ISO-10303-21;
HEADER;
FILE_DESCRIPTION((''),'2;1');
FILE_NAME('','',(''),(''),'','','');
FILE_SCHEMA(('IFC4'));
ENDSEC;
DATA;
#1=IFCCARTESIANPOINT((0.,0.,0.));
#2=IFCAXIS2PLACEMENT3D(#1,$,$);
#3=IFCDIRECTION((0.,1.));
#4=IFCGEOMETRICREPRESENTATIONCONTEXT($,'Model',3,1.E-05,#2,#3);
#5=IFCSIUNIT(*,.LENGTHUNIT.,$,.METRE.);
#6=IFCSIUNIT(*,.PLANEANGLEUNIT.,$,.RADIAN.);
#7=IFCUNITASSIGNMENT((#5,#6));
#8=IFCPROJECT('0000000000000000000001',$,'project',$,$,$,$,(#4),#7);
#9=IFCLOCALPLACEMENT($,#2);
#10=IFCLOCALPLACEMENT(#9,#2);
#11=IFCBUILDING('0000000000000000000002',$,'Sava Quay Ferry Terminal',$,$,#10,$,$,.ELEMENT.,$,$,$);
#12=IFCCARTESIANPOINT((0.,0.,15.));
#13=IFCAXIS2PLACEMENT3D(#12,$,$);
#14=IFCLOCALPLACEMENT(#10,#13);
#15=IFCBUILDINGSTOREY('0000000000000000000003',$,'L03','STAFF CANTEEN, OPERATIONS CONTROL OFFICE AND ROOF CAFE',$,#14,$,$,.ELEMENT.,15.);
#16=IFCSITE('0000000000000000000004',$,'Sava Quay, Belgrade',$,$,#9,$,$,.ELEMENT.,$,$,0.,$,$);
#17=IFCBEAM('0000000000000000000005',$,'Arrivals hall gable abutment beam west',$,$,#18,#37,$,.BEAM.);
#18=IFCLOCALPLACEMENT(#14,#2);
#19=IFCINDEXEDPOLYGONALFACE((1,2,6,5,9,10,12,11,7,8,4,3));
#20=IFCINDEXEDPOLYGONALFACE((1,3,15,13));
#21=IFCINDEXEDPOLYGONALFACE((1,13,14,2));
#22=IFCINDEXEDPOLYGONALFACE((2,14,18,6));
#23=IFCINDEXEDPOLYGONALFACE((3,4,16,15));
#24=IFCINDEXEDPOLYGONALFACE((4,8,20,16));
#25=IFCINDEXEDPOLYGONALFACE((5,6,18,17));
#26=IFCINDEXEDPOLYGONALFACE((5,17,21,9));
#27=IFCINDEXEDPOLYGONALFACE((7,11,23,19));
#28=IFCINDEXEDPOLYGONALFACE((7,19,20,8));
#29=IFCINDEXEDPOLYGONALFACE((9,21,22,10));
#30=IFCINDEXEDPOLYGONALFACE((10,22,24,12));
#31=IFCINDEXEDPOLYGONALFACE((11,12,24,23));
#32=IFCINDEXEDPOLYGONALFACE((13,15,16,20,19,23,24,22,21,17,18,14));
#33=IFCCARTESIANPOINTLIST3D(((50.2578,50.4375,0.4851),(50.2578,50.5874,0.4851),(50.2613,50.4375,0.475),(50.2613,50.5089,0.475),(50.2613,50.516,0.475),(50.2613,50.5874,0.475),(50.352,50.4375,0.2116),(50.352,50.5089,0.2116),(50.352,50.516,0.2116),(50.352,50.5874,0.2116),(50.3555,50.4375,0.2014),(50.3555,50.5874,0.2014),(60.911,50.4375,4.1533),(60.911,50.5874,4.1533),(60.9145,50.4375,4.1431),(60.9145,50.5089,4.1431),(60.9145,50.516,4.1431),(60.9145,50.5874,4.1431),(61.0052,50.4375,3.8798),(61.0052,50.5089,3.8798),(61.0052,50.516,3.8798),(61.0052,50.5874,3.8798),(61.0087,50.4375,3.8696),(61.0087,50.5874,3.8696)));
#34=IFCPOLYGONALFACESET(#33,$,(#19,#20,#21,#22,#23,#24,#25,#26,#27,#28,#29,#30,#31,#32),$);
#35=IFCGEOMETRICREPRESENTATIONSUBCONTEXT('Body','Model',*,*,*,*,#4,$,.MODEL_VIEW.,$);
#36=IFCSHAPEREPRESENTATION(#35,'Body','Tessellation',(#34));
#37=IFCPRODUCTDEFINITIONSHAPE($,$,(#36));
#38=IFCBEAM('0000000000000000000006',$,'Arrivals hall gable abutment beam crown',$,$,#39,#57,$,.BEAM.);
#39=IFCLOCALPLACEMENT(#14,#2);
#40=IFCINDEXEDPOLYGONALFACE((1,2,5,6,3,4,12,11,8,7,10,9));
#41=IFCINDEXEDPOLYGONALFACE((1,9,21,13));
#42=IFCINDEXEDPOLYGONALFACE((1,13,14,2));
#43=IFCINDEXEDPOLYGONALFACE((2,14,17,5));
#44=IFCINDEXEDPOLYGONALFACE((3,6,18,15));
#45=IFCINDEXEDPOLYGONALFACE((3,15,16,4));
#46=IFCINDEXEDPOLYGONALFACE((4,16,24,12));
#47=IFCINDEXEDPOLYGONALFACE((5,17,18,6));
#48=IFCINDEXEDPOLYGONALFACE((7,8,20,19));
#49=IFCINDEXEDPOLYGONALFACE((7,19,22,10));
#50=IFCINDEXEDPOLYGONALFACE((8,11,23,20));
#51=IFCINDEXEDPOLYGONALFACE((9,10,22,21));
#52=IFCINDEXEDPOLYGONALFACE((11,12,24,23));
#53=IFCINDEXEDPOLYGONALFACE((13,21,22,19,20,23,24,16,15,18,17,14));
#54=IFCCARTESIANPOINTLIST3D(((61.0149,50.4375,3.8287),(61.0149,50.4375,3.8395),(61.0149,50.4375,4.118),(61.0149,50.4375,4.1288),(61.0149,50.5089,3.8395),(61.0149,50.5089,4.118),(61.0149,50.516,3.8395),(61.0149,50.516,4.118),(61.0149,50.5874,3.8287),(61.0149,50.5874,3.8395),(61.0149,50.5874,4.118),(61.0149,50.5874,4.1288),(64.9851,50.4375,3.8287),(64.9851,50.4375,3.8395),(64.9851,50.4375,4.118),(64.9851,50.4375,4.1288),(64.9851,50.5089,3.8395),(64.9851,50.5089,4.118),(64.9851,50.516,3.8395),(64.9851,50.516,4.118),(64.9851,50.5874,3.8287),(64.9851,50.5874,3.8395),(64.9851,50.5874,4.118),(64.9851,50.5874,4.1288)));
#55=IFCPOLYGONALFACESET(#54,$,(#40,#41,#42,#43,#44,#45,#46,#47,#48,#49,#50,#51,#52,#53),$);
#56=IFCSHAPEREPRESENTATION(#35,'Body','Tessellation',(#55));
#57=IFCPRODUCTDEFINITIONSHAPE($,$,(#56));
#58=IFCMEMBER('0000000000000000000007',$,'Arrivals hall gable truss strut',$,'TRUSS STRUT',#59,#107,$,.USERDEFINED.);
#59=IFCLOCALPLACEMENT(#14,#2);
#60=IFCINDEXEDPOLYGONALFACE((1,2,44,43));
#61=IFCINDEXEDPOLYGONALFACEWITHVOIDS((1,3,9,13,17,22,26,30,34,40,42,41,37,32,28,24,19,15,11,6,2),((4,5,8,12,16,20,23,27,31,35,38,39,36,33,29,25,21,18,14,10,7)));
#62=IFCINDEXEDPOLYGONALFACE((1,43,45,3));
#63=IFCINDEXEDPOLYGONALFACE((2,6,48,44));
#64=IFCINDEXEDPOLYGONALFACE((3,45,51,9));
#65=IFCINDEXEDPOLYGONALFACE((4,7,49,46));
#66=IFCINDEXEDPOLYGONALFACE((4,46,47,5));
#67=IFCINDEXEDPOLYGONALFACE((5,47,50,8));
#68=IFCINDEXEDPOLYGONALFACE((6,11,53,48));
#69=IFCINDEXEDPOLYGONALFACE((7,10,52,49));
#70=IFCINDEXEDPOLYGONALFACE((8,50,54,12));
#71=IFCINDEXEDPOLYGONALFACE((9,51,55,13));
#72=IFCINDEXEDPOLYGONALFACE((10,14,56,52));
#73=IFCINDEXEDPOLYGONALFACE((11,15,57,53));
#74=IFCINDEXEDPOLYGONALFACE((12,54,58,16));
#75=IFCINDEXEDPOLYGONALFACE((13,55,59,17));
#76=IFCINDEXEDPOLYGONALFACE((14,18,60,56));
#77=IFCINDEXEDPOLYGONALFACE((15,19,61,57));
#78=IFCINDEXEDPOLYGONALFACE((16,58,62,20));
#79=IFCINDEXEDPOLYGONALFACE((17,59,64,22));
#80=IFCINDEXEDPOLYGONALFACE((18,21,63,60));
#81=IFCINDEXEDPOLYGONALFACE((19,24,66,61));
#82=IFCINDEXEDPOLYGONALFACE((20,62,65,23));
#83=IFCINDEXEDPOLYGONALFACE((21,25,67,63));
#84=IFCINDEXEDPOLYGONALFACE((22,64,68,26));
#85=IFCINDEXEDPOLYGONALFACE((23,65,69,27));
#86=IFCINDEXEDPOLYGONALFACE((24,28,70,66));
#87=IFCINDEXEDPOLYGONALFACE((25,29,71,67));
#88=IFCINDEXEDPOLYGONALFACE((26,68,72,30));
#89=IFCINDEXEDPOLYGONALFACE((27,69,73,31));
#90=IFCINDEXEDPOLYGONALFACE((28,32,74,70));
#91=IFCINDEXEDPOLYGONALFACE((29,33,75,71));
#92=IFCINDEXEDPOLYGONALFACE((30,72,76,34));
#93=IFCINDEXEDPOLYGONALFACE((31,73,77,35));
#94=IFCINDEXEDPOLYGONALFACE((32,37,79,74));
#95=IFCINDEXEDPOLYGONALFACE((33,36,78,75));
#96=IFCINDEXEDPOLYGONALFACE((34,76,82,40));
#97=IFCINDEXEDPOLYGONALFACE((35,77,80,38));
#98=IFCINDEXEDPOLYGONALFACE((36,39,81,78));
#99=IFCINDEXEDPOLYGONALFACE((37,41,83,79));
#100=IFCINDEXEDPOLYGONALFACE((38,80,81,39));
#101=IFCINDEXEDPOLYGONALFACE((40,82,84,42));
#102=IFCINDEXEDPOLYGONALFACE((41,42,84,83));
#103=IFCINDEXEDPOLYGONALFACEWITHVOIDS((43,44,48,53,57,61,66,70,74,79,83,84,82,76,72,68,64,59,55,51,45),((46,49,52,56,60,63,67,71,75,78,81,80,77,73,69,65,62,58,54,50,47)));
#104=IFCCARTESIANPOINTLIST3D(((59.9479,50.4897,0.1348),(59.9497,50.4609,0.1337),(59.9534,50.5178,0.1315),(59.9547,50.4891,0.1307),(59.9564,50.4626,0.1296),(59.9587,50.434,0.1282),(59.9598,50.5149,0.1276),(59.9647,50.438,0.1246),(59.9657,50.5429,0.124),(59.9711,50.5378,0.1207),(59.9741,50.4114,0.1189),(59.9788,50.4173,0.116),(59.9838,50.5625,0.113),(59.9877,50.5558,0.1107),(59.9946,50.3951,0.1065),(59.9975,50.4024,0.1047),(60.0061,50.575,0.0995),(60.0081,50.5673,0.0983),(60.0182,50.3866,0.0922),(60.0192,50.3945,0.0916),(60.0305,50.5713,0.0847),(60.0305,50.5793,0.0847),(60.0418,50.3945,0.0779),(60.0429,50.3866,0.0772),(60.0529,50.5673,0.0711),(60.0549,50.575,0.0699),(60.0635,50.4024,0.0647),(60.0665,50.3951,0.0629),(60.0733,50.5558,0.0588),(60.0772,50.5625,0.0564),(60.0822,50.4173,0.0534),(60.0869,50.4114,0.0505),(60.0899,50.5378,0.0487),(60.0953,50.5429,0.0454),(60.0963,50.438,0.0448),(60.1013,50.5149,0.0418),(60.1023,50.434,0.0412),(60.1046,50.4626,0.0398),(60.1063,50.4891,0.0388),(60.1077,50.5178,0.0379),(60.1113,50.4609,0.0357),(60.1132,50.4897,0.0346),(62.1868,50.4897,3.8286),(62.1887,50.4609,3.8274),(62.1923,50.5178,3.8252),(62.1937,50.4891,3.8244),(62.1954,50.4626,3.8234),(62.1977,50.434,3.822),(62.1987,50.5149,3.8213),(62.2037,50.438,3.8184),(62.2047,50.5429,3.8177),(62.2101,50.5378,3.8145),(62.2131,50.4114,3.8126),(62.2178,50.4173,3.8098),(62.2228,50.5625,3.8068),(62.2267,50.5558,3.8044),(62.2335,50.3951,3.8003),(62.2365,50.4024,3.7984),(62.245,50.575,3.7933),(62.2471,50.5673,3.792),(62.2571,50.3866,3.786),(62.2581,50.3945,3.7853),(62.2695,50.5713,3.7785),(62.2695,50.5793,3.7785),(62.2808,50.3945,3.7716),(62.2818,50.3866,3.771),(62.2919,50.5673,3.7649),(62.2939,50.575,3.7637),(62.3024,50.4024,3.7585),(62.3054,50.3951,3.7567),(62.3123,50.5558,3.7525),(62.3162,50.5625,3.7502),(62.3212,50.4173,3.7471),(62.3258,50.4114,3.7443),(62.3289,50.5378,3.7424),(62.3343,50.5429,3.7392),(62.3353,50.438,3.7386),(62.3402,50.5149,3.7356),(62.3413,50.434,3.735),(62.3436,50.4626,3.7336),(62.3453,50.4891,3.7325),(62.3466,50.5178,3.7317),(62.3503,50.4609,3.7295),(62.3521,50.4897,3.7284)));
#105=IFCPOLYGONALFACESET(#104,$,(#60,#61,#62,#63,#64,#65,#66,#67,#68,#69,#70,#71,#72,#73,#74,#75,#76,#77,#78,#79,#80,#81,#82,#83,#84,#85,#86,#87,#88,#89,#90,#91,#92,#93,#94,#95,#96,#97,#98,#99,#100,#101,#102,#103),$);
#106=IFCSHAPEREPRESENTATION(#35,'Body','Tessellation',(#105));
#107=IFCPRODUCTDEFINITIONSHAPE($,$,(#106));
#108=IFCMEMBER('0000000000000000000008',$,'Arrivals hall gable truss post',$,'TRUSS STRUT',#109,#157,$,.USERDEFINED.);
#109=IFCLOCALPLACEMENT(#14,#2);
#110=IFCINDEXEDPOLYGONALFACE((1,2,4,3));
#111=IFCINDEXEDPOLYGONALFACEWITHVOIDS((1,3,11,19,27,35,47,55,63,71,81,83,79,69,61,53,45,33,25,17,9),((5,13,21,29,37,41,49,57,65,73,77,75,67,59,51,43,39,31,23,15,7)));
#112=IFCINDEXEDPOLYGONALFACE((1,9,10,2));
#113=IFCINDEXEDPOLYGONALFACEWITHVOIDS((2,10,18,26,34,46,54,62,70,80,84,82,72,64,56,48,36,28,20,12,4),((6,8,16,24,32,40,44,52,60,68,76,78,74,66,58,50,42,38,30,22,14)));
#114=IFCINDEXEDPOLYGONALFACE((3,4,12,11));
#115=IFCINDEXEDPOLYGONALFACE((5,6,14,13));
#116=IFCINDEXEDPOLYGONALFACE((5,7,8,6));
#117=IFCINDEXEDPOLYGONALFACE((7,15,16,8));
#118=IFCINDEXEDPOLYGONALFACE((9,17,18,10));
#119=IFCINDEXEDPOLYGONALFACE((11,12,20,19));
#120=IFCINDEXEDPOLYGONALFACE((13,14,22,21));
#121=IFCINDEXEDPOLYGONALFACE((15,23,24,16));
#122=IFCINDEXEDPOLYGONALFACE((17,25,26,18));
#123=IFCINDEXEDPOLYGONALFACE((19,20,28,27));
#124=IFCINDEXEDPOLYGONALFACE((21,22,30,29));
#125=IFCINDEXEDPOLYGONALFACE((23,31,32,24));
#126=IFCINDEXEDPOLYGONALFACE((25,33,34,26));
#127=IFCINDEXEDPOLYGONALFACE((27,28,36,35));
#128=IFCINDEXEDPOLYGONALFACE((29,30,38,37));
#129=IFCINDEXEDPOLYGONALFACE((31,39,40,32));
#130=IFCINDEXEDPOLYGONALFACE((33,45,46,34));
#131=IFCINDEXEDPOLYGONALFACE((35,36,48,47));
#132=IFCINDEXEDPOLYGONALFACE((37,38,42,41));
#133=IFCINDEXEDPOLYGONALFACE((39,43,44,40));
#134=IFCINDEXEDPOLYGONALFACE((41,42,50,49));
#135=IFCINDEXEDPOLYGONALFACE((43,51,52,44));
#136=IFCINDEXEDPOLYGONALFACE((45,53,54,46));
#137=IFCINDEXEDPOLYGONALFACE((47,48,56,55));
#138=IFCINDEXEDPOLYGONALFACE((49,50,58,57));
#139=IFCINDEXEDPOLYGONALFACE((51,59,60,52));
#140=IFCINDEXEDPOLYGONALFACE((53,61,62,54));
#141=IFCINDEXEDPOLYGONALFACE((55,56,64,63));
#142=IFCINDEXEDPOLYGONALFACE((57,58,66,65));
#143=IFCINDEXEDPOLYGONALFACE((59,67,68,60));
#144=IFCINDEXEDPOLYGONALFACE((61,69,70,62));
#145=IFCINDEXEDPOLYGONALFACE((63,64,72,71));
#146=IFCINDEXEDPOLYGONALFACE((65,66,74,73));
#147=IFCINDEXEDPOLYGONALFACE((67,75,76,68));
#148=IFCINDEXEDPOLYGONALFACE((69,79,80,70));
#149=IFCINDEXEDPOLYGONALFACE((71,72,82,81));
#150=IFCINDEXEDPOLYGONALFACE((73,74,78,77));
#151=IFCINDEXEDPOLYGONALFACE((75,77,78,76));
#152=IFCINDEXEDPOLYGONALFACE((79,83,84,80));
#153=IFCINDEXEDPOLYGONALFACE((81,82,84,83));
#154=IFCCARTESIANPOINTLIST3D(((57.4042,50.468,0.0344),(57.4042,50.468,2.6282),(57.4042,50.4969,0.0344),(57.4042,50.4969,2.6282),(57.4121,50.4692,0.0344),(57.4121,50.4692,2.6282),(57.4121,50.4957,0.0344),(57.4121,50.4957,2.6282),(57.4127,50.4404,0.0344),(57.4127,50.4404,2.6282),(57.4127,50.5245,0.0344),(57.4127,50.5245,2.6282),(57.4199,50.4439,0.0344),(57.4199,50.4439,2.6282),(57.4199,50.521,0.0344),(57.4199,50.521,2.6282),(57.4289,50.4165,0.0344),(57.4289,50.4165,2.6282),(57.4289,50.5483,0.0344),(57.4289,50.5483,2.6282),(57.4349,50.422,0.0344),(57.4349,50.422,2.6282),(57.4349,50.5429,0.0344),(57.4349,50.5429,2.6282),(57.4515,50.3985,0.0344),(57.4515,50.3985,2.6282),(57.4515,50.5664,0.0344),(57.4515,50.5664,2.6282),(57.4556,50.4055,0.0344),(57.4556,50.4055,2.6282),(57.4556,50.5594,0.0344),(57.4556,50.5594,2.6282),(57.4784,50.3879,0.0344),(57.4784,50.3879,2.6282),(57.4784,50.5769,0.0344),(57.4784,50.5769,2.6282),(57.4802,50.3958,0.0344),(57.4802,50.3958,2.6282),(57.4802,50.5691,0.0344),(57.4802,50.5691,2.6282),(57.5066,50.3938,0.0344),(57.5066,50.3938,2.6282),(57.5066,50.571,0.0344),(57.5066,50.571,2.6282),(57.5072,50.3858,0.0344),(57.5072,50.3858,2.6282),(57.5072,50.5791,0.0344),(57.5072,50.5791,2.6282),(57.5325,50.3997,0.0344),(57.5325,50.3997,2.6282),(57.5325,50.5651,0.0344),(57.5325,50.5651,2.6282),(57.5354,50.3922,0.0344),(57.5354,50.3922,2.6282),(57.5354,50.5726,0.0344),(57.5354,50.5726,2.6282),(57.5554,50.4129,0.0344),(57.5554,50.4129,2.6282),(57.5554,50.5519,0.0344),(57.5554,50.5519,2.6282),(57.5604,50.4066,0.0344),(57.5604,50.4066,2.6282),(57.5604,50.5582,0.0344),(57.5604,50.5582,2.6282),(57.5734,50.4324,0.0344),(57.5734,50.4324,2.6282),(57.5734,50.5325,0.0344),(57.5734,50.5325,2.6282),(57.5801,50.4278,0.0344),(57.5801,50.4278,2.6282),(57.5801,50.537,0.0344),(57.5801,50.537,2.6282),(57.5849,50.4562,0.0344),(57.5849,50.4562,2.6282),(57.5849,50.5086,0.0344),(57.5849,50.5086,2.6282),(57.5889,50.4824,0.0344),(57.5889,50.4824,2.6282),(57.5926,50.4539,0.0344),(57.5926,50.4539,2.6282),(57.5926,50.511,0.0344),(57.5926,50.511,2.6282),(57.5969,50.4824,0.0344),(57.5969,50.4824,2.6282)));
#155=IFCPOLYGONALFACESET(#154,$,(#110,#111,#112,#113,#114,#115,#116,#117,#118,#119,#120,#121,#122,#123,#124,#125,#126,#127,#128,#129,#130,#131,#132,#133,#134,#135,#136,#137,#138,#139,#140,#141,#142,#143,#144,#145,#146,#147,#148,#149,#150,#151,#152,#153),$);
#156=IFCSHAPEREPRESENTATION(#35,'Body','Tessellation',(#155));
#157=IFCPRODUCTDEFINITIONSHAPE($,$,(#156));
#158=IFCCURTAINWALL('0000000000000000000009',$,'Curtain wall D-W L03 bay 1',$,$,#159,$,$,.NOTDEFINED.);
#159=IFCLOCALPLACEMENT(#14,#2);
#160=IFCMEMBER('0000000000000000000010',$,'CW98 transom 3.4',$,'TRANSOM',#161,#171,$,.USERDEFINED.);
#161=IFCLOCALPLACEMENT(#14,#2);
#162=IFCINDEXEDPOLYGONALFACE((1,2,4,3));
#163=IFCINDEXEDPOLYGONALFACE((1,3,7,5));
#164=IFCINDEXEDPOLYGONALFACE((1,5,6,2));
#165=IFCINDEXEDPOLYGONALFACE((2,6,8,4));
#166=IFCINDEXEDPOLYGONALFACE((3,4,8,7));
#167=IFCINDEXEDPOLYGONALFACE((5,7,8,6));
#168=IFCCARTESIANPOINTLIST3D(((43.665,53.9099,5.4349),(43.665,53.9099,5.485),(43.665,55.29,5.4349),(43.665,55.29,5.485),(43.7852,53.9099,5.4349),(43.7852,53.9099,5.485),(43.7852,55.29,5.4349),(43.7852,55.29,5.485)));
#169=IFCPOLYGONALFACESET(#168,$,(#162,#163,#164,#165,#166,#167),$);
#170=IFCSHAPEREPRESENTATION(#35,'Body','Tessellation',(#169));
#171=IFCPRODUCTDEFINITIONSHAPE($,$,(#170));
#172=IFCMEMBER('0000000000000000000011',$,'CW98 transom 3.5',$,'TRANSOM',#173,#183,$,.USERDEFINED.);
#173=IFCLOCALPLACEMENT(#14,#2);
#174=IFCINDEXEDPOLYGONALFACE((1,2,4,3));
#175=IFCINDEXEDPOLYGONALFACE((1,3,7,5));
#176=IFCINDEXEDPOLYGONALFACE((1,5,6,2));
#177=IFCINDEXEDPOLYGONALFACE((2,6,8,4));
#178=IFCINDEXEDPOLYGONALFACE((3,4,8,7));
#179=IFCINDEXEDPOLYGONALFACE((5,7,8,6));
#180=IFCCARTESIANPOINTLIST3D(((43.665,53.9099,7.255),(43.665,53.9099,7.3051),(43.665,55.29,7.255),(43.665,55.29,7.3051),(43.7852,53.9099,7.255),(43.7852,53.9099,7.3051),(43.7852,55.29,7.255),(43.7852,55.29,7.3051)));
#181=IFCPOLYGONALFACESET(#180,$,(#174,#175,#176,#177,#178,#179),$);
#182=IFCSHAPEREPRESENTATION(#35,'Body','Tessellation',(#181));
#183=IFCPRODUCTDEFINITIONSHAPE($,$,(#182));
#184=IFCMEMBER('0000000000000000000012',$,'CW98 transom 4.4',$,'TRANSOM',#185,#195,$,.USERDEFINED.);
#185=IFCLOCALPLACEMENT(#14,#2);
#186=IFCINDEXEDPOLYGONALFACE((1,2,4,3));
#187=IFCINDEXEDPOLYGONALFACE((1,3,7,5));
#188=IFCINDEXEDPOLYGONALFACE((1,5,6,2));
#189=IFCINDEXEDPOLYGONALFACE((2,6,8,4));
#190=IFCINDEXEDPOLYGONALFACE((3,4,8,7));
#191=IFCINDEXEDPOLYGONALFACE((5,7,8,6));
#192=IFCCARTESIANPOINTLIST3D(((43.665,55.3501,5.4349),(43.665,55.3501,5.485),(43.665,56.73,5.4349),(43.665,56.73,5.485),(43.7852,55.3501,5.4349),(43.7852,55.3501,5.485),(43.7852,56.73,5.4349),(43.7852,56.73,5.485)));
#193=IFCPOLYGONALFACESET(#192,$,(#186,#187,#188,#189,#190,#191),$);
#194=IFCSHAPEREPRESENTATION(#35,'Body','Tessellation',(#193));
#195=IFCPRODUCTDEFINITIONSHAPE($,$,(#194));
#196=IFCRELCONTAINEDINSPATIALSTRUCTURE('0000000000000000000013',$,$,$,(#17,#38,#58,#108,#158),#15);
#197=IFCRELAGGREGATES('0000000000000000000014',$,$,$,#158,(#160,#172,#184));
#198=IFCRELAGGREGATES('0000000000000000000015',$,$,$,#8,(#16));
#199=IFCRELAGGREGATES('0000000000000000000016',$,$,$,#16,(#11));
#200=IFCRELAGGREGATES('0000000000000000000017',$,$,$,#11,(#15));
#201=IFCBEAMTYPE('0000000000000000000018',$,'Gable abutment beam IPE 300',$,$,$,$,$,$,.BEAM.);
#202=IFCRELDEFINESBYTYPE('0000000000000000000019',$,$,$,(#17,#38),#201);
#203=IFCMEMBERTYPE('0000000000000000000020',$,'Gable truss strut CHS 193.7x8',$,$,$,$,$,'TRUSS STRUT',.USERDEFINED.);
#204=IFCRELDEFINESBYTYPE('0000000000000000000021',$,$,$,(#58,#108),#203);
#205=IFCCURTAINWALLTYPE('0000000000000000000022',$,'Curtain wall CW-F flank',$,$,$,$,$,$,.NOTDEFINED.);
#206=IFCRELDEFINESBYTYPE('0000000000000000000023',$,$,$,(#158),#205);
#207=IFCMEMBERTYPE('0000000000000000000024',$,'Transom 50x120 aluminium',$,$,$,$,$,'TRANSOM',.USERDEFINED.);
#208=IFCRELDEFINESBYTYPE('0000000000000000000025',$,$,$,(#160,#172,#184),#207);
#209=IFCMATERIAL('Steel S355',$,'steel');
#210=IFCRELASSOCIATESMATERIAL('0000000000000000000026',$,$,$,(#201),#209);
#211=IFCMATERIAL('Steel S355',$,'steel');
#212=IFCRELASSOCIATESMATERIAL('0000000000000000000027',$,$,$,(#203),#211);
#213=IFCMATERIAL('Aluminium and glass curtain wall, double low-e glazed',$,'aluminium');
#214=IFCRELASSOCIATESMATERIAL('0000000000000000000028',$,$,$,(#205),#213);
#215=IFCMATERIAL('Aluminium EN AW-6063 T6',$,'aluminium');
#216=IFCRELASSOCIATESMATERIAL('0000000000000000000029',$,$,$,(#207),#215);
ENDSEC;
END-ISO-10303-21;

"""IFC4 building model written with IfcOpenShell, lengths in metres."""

from ifc_helpers import new_model, si_unit, direction, frame, origin, origin_2d, place, context, subcontext, project, spatial, rectangle, hollow_circle, i_section, extrude, material, material_profile, profile_set, type_object, element, aggregate, save


model = new_model("IFC4")

# Units and contexts
model_context = context("Model", 3, precision=1e-05, world=origin(), true_north=direction((0.0, 1.0)))
body_context = subcontext(model_context, "Body", "Model", "MODEL_VIEW")
ifc_project = project(units=[si_unit("LENGTHUNIT", "METRE"), si_unit("PLANEANGLEUNIT", "RADIAN")], contexts=[model_context])

# Site, building, storey
site_placement = place(None, origin())
site = spatial("IfcSite", under=ifc_project, at=site_placement, Name="Sava Quay, Belgrade", CompositionType="ELEMENT", RefElevation=0.0)
building_placement = place(site_placement, origin())
building = spatial("IfcBuilding", under=site, at=building_placement, Name="Sava Quay Ferry Terminal", CompositionType="ELEMENT")
storey_placement = place(building_placement, frame((0.0, 0.0, 15.0)))
storey = spatial("IfcBuildingStorey", under=building, at=storey_placement, Name="L03", Description="STAFF CANTEEN, OPERATIONS CONTROL OFFICE AND ROOF CAFE", CompositionType="ELEMENT", Elevation=15.0)

# Beams
ifc_material_1 = material(Name="Steel S355", Category="steel")
ifc_material_profile_1 = material_profile(ifc_material_1, i_section(OverallWidth=0.1499, OverallDepth=0.3, WebThickness=0.0071, FlangeThickness=0.0107, at=origin_2d()), Name="IPE 300")
ifc_profile_set_1 = profile_set([ifc_material_profile_1], Name="Steel S355")
beam_type = type_object("IfcBeamType", Name="Gable abutment beam IPE 300", PredefinedType="BEAM", material=ifc_profile_set_1)
beam_1_placement = place(storey_placement, frame((50.3066, 50.5125, 0.3433), z_axis=(0.945519, 0.0, 0.325567), x_axis=(0.0, 1.0, 0.0)))
element("IfcBeam", 1, at=beam_1_placement, inside=storey, type_object=beam_type, Name="Arrivals hall gable abutment beam west", PredefinedType="BEAM", context=body_context, shape_type="SweptSolid", body=[
    extrude(i_section(OverallWidth=0.1499, OverallDepth=0.3, WebThickness=0.0071, FlangeThickness=0.0107, at=origin_2d()), origin(), (0.0, 0.0, 1.0), 11.2671),
])
beam_2_placement = place(storey_placement, frame((61.0149, 50.5125, 3.9788), z_axis=(1.0, 0.0, 0.0), x_axis=(0.0, 1.0, 0.0)))
element("IfcBeam", 2, at=beam_2_placement, inside=storey, type_object=beam_type, Name="Arrivals hall gable abutment beam crown", PredefinedType="BEAM", context=body_context, shape_type="SweptSolid", body=[
    extrude(i_section(OverallWidth=0.1499, OverallDepth=0.3, WebThickness=0.0071, FlangeThickness=0.0107, at=origin_2d()), origin(), (0.0, 0.0, 1.0), 3.9702),
])

# Members
ifc_material_2 = material(Name="Steel S355", Category="steel")
ifc_material_profile_2 = material_profile(ifc_material_2, hollow_circle(Radius=0.0969, WallThickness=0.0081, at=origin_2d()), Name="CHS 193.7 x 8.0")
ifc_profile_set_2 = profile_set([ifc_material_profile_2], Name="Steel S355")
member_type_1 = type_object("IfcMemberType", Name="Gable truss strut CHS 193.7x8", ElementType="TRUSS STRUT", PredefinedType="USERDEFINED", material=ifc_profile_set_2)
member_1_placement = place(storey_placement, frame((60.0305, 50.4824, 0.0847), z_axis=(0.518356, 0.0, 0.855165), x_axis=(0.0, 1.0, 0.0)))
element("IfcMember", 3, at=member_1_placement, inside=storey, type_object=member_type_1, Name="Arrivals hall gable truss strut", ObjectType="TRUSS STRUT", PredefinedType="USERDEFINED", context=body_context, shape_type="SweptSolid", body=[
    extrude(hollow_circle(Radius=0.0969, WallThickness=0.0081, at=origin_2d()), origin(), (0.0, 0.0, 1.0), 4.3193),
])
member_2_placement = place(storey_placement, frame((57.5, 50.4824, 0.0344), z_axis=(0.0, 0.0, 1.0), x_axis=(1.0, 0.0, 0.0)))
element("IfcMember", 4, at=member_2_placement, inside=storey, type_object=member_type_1, Name="Arrivals hall gable truss post", ObjectType="TRUSS STRUT", PredefinedType="USERDEFINED", context=body_context, shape_type="SweptSolid", body=[
    extrude(hollow_circle(Radius=0.0969, WallThickness=0.0081, at=origin_2d()), origin(), (0.0, 0.0, 1.0), 2.5938),
])

# Curtain wall, members
ifc_material_3 = material(Name="Aluminium and glass curtain wall, double low-e glazed", Category="aluminium")
curtain_wall_type = type_object("IfcCurtainWallType", Name="Curtain wall CW-F flank", PredefinedType="NOTDEFINED", material=ifc_material_3)
curtain_wall_1_placement = place(storey_placement, origin())
curtain_wall_1 = element("IfcCurtainWall", 5, at=curtain_wall_1_placement, inside=storey, type_object=curtain_wall_type, Name="Curtain wall D-W L03 bay 1", PredefinedType="NOTDEFINED")
ifc_material_4 = material(Name="Aluminium EN AW-6063 T6", Category="aluminium")
ifc_material_profile_3 = material_profile(ifc_material_4, rectangle(XDim=0.1201, YDim=0.05, at=origin_2d()), Name="Transom 50x120 aluminium")
ifc_profile_set_3 = profile_set([ifc_material_profile_3], Name="Aluminium EN AW-6063 T6")
member_type_2 = type_object("IfcMemberType", Name="Transom 50x120 aluminium", ElementType="TRANSOM", PredefinedType="USERDEFINED", material=ifc_profile_set_3)
member_3_placement = place(storey_placement, frame((43.7251, 53.9099, 5.46), z_axis=(0.0, 1.0, 0.0), x_axis=(-1.0, 0.0, 0.0)))
member_3 = element("IfcMember", 6, at=member_3_placement, type_object=member_type_2, Name="CW98 transom 3.4", ObjectType="TRANSOM", PredefinedType="USERDEFINED", context=body_context, shape_type="SweptSolid", body=[
    extrude(rectangle(XDim=0.1201, YDim=0.05, at=origin_2d()), origin(), (0.0, 0.0, 1.0), 1.3801),
])
member_4_placement = place(storey_placement, frame((43.7251, 53.9099, 7.28), z_axis=(0.0, 1.0, 0.0), x_axis=(-1.0, 0.0, 0.0)))
member_4 = element("IfcMember", 7, at=member_4_placement, type_object=member_type_2, Name="CW98 transom 3.5", ObjectType="TRANSOM", PredefinedType="USERDEFINED", context=body_context, shape_type="SweptSolid", body=[
    extrude(rectangle(XDim=0.1201, YDim=0.05, at=origin_2d()), origin(), (0.0, 0.0, 1.0), 1.3801),
])
member_5_placement = place(storey_placement, frame((43.7251, 55.3501, 5.46), z_axis=(0.0, 1.0, 0.0), x_axis=(-1.0, 0.0, 0.0)))
member_5 = element("IfcMember", 8, at=member_5_placement, type_object=member_type_2, Name="CW98 transom 4.4", ObjectType="TRANSOM", PredefinedType="USERDEFINED", context=body_context, shape_type="SweptSolid", body=[
    extrude(rectangle(XDim=0.1201, YDim=0.05, at=origin_2d()), origin(), (0.0, 0.0, 1.0), 1.3799),
])

aggregate(curtain_wall_1, [member_3, member_4, member_5])

save(model, "model.ifc")
